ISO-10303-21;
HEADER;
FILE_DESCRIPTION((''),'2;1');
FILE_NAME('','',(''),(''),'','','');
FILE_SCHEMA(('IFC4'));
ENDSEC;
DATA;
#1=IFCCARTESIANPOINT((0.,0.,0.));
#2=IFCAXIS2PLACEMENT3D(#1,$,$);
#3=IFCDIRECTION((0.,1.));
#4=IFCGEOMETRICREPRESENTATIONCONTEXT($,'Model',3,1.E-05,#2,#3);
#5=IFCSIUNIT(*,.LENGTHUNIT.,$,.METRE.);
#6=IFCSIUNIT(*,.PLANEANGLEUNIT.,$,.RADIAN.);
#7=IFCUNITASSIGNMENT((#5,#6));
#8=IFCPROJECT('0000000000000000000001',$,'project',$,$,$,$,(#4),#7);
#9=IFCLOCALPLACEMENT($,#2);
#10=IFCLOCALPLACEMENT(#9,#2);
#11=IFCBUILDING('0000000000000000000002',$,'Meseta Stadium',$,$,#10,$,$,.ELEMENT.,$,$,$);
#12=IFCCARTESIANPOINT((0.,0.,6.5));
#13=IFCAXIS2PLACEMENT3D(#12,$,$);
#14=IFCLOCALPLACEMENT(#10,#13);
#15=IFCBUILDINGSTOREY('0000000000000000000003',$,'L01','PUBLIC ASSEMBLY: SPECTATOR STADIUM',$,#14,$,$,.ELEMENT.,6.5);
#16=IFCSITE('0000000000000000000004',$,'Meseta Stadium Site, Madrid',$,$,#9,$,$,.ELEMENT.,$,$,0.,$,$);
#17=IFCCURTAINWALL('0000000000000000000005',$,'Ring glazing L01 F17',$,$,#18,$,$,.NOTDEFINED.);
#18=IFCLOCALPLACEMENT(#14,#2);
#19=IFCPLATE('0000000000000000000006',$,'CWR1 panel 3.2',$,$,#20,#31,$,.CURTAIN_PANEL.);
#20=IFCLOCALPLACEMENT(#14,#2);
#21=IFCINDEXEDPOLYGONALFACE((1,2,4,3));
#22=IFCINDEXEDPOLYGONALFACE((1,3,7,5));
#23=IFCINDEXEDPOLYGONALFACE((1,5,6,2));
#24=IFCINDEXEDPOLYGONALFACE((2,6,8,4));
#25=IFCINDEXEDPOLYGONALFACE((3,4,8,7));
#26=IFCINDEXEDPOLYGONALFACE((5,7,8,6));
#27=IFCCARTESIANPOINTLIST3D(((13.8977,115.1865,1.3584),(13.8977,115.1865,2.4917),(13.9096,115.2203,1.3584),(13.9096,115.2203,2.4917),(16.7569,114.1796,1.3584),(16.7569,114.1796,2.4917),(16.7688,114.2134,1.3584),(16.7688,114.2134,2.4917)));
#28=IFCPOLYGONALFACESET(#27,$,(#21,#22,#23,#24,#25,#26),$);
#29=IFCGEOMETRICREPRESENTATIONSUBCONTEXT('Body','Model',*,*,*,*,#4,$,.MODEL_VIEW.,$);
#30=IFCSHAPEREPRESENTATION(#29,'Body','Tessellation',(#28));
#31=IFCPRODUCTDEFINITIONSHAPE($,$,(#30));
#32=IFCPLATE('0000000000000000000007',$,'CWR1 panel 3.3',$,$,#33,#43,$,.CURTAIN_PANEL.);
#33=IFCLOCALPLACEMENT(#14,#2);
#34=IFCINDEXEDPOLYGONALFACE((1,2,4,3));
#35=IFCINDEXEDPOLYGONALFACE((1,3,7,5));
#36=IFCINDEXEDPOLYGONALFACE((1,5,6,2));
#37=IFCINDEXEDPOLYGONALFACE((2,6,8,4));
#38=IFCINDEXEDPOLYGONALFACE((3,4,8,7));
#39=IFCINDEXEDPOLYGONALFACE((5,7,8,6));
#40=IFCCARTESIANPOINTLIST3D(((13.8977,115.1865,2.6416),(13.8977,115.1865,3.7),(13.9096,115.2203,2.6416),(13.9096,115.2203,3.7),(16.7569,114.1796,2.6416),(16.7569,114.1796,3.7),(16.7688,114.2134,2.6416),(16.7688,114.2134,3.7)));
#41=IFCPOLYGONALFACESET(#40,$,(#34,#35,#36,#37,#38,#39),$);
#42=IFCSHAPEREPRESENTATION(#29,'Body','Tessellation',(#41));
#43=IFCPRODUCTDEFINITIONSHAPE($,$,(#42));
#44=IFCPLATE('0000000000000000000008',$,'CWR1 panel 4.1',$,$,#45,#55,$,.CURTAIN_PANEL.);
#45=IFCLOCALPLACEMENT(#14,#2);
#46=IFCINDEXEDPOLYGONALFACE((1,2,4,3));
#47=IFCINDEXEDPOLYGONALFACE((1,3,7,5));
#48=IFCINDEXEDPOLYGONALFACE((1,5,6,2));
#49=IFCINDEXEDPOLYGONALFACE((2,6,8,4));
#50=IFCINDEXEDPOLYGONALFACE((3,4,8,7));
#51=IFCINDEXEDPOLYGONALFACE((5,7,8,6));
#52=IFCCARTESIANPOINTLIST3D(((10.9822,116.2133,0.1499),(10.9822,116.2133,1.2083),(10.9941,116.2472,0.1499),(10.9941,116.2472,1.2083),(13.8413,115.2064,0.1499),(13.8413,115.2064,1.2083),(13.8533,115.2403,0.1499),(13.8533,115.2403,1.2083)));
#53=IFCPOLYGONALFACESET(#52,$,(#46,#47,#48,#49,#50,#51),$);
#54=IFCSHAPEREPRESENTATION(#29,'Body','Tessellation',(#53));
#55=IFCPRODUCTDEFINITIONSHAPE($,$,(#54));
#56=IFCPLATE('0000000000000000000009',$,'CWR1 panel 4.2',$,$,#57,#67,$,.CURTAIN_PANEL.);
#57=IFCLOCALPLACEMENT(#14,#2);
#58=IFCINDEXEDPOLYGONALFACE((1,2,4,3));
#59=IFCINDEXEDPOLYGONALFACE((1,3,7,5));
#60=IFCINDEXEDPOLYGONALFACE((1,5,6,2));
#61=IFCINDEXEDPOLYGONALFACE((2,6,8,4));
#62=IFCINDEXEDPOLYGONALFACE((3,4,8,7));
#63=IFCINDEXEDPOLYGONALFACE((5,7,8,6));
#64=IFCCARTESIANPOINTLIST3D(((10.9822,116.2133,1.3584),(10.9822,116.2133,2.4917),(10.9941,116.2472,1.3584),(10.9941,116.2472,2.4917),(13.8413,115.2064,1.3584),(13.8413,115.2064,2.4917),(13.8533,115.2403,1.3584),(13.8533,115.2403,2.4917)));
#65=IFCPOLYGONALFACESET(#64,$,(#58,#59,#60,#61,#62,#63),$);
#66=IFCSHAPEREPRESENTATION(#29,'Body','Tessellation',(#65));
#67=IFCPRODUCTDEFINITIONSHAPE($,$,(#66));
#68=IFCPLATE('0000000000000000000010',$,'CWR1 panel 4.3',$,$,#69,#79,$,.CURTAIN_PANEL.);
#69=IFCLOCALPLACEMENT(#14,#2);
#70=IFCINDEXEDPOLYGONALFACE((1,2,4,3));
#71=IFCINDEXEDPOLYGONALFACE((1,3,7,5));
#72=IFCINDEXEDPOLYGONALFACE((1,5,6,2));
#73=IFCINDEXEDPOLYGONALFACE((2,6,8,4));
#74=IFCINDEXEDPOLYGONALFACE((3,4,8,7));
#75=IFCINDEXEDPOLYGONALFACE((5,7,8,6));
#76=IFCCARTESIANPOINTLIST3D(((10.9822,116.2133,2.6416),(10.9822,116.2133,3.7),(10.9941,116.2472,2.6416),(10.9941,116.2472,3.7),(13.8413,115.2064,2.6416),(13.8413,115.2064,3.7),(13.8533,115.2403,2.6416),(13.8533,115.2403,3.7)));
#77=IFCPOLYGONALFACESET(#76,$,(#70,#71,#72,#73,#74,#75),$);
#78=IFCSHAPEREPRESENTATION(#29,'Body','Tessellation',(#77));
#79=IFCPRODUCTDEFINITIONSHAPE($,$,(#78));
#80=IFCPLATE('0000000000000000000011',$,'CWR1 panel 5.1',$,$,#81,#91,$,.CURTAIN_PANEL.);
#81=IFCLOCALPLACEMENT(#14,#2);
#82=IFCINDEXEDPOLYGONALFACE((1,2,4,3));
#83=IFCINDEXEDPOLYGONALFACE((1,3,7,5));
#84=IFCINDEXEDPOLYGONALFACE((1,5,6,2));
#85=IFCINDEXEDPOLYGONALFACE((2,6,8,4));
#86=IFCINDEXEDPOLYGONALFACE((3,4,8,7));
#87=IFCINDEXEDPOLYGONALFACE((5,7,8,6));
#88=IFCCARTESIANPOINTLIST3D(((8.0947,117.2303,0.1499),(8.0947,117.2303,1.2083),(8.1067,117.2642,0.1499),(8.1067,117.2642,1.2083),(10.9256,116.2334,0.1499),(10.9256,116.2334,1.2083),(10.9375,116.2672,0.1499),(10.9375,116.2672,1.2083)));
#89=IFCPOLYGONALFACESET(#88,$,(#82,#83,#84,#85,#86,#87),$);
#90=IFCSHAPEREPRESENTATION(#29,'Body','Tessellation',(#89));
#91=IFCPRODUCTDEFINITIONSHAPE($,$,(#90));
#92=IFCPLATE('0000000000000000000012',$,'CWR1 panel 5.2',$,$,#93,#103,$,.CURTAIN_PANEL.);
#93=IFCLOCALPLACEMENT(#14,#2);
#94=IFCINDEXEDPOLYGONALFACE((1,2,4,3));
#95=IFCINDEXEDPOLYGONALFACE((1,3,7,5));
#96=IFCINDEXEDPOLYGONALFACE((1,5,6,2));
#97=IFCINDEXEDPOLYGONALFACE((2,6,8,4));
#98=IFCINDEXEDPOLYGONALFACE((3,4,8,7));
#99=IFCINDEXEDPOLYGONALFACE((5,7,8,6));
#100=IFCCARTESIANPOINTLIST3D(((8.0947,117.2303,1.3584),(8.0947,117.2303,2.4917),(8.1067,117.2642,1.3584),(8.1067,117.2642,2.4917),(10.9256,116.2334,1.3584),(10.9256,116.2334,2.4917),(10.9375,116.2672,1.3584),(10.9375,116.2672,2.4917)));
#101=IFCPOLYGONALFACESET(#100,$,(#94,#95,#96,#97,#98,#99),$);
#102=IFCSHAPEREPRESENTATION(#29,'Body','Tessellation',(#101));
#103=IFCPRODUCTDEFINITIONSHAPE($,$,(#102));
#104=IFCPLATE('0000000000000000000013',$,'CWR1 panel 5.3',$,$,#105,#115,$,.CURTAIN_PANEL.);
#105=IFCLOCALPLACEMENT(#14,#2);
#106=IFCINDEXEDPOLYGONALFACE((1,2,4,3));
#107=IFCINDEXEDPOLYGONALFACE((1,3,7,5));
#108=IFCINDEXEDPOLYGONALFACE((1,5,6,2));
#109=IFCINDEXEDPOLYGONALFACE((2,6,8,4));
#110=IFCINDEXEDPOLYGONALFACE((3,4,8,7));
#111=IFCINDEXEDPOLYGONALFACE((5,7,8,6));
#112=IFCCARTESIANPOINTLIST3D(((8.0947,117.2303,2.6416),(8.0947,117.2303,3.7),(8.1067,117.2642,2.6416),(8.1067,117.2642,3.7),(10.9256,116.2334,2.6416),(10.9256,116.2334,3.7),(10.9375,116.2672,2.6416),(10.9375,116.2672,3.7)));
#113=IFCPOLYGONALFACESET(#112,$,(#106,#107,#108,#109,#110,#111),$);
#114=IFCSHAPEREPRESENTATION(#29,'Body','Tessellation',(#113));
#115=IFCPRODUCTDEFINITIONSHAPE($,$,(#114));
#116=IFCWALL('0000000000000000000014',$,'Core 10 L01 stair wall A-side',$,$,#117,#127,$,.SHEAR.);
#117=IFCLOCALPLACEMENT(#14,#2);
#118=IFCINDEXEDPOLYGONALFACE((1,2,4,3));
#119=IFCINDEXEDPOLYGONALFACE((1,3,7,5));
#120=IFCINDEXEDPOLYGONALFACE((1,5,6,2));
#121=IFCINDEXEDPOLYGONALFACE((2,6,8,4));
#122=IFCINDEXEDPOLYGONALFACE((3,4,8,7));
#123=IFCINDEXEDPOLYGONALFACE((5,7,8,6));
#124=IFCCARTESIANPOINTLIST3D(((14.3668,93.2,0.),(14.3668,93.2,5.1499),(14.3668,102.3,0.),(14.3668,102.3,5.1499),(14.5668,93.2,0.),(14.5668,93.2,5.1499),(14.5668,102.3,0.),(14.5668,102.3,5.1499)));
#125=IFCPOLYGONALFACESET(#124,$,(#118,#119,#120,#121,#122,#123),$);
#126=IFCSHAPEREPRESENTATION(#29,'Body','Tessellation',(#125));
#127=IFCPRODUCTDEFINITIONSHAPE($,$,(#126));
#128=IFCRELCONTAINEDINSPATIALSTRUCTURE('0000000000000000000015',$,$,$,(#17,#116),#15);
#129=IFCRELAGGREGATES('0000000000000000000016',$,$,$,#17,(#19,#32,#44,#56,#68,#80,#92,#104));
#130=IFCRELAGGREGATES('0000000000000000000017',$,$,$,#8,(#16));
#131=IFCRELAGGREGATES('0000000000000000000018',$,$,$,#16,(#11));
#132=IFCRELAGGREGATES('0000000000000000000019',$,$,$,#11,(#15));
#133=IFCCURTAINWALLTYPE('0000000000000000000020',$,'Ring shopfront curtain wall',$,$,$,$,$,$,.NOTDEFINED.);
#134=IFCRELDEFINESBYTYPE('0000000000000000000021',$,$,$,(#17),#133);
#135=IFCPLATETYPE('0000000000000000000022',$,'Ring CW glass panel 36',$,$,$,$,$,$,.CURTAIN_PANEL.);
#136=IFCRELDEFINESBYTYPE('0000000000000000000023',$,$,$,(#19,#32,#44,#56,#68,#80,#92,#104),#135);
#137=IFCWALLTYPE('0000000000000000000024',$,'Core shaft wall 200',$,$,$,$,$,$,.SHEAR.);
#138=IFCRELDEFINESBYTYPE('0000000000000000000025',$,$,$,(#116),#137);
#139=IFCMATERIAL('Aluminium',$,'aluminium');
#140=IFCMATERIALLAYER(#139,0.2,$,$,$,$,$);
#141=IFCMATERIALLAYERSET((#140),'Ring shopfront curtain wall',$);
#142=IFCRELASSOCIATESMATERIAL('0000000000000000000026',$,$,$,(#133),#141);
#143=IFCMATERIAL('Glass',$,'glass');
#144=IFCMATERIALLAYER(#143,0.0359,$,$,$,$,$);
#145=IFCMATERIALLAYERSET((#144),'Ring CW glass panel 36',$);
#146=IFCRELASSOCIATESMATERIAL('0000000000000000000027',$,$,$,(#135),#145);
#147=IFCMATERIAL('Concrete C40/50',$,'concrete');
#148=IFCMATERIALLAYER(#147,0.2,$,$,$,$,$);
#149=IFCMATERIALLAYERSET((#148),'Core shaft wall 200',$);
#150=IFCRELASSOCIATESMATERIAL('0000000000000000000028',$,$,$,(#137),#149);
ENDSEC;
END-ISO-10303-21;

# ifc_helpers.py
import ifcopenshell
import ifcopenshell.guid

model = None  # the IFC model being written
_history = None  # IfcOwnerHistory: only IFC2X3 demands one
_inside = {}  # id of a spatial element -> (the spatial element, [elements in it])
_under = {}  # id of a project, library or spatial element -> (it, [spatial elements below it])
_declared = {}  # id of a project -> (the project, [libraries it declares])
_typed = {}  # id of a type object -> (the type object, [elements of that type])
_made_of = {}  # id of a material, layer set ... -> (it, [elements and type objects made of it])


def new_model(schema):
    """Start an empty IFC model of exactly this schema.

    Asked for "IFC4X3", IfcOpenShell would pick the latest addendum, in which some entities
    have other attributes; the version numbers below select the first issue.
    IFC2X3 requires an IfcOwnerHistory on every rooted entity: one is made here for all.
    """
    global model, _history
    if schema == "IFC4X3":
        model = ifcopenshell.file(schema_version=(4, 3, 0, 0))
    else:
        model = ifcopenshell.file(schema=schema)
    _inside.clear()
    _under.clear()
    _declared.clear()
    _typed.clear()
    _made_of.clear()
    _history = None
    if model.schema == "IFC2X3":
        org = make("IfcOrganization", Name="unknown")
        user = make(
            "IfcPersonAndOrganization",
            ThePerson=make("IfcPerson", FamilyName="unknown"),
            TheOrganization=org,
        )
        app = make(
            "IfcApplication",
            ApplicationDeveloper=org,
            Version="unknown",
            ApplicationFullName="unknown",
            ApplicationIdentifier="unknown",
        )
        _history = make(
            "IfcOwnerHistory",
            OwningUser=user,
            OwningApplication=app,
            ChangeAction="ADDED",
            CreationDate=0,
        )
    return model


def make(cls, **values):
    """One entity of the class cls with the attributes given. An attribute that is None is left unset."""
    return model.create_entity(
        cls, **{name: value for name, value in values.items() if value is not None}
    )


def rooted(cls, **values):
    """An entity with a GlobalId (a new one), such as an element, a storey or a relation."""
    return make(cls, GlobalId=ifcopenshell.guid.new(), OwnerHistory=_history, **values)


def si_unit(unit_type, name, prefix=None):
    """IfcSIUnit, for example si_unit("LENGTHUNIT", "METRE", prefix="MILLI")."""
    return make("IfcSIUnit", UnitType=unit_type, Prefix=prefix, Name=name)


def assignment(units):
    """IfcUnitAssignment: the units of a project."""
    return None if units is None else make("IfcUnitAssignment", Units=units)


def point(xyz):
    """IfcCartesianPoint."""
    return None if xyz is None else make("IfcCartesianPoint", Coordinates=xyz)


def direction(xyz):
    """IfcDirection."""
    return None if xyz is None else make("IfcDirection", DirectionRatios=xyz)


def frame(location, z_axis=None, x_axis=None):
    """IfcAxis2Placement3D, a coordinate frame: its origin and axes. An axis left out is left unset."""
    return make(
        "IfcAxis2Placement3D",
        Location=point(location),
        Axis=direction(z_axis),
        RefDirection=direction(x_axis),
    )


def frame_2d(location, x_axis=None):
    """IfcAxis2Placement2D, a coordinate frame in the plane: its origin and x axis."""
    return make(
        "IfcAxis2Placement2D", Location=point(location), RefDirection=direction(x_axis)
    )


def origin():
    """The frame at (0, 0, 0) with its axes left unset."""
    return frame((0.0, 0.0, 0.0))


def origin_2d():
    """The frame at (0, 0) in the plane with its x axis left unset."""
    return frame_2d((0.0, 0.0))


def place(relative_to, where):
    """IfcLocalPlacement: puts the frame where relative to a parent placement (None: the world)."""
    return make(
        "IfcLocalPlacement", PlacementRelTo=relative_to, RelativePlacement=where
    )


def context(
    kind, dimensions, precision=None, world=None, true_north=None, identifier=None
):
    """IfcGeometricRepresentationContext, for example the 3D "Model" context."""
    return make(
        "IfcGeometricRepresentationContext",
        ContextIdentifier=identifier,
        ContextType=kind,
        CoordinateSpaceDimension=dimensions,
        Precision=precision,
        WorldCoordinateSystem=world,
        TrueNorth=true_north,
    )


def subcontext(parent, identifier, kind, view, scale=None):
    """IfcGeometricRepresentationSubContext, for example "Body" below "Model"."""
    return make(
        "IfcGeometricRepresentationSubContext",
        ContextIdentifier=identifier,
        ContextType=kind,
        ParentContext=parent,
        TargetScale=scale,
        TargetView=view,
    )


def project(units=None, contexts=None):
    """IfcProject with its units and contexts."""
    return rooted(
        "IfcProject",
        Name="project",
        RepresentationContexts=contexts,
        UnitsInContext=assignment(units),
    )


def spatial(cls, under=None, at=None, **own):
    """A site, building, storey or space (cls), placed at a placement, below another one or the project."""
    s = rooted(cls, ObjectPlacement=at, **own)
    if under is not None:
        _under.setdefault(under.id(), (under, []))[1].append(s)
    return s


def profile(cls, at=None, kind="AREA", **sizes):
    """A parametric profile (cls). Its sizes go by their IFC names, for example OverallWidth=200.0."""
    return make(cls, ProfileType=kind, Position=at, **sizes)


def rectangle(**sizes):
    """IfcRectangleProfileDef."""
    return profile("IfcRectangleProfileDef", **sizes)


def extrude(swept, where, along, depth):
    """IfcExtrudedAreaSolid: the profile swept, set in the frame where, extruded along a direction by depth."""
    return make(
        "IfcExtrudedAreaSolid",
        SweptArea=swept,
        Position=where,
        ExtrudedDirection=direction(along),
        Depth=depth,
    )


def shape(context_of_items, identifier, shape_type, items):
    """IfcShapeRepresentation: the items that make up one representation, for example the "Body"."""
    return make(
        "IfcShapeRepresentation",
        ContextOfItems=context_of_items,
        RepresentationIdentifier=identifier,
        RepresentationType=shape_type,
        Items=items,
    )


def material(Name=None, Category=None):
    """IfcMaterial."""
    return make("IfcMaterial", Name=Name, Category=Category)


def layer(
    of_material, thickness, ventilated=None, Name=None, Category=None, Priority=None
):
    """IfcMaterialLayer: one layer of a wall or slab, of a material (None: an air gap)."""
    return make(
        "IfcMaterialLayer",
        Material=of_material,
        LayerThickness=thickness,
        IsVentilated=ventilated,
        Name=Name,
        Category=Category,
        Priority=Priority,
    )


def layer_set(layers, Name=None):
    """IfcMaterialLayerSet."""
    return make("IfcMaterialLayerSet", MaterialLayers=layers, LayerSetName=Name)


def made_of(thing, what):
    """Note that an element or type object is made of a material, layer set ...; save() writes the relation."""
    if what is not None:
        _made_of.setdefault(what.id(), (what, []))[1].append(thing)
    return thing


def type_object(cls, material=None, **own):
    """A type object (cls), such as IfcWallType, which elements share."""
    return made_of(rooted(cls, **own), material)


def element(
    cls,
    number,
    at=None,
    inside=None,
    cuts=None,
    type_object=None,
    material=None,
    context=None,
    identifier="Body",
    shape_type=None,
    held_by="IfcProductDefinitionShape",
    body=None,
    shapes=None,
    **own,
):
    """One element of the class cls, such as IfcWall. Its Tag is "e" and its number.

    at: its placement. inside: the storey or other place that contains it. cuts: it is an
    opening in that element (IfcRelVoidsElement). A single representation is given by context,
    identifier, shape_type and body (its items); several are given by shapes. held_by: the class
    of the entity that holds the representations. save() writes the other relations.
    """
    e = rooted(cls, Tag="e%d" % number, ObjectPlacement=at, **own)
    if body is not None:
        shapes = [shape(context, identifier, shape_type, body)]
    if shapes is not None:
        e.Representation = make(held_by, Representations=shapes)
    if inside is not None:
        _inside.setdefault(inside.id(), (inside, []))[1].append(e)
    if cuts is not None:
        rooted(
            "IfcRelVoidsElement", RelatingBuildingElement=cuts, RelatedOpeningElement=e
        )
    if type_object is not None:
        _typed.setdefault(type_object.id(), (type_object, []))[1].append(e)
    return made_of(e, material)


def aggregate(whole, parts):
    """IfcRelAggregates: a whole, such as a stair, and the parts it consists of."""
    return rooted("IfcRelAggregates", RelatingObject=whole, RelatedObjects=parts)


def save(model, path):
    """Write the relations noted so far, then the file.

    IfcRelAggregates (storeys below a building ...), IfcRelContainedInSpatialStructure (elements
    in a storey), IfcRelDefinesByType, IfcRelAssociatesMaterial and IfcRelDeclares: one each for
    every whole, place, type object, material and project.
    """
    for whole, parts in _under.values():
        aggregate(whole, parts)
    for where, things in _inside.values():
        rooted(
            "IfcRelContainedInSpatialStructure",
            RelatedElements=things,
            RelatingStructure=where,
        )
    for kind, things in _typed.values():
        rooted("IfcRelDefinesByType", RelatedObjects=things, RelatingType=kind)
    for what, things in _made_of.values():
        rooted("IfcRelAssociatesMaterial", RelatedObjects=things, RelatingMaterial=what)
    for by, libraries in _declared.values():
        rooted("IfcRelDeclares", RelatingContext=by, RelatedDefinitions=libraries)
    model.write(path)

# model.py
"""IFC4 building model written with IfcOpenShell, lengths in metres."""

from ifc_helpers import new_model, si_unit, direction, frame, frame_2d, origin, origin_2d, place, context, subcontext, project, spatial, rectangle, extrude, material, layer, layer_set, type_object, element, aggregate, save


model = new_model("IFC4")

# Units and contexts
model_context = context("Model", 3, precision=1e-05, world=origin(), true_north=direction((0.0, 1.0)))
body_context = subcontext(model_context, "Body", "Model", "MODEL_VIEW")
ifc_project = project(units=[si_unit("LENGTHUNIT", "METRE"), si_unit("PLANEANGLEUNIT", "RADIAN")], contexts=[model_context])

# Site, building, storey
site_placement = place(None, origin())
site = spatial("IfcSite", under=ifc_project, at=site_placement, Name="Meseta Stadium Site, Madrid", CompositionType="ELEMENT", RefElevation=0.0)
building_placement = place(site_placement, origin())
building = spatial("IfcBuilding", under=site, at=building_placement, Name="Meseta Stadium", CompositionType="ELEMENT")
storey_placement = place(building_placement, frame((0.0, 0.0, 6.5)))
storey = spatial("IfcBuildingStorey", under=building, at=storey_placement, Name="L01", Description="PUBLIC ASSEMBLY: SPECTATOR STADIUM", CompositionType="ELEMENT", Elevation=6.5)

# Curtain wall, plates
ifc_material_1 = material(Name="Aluminium", Category="aluminium")
ifc_layer_1 = layer(ifc_material_1, 0.2)
ifc_layer_set_1 = layer_set([ifc_layer_1], Name="Ring shopfront curtain wall")
curtain_wall_type = type_object("IfcCurtainWallType", Name="Ring shopfront curtain wall", PredefinedType="NOTDEFINED", material=ifc_layer_set_1)
curtain_wall_placement = place(storey_placement, origin())
curtain_wall = element("IfcCurtainWall", 1, at=curtain_wall_placement, inside=storey, type_object=curtain_wall_type, Name="Ring glazing L01 F17", PredefinedType="NOTDEFINED")
ifc_material_2 = material(Name="Glass", Category="glass")
ifc_layer_2 = layer(ifc_material_2, 0.0359)
ifc_layer_set_2 = layer_set([ifc_layer_2], Name="Ring CW glass panel 36")
plate_type = type_object("IfcPlateType", Name="Ring CW glass panel 36", PredefinedType="CURTAIN_PANEL", material=ifc_layer_set_2)
plate_1_placement = place(storey_placement, frame((15.3333, 114.7, 1.3584), z_axis=(0.0, 0.0, 1.0), x_axis=(-0.943218, 0.332174, 0.0)))
plate_1 = element("IfcPlate", 2, at=plate_1_placement, type_object=plate_type, Name="CWR1 panel 3.2", PredefinedType="CURTAIN_PANEL", context=body_context, shape_type="SweptSolid", body=[
    extrude(rectangle(XDim=3.0312, YDim=0.0359, at=origin_2d()), origin(), (0.0, 0.0, 1.0), 1.1333),
])
plate_2_placement = place(storey_placement, frame((15.3333, 114.7, 2.6416), z_axis=(0.0, 0.0, 1.0), x_axis=(-0.943218, 0.332174, 0.0)))
plate_2 = element("IfcPlate", 3, at=plate_2_placement, type_object=plate_type, Name="CWR1 panel 3.3", PredefinedType="CURTAIN_PANEL", context=body_context, shape_type="SweptSolid", body=[
    extrude(rectangle(XDim=3.0312, YDim=0.0359, at=origin_2d()), origin(), (0.0, 0.0, 1.0), 1.0583),
])
plate_3_placement = place(storey_placement, frame((12.4177, 115.7268, 0.1499), z_axis=(0.0, 0.0, 1.0), x_axis=(-0.943218, 0.332174, 0.0)))
plate_3 = element("IfcPlate", 4, at=plate_3_placement, type_object=plate_type, Name="CWR1 panel 4.1", PredefinedType="CURTAIN_PANEL", context=body_context, shape_type="SweptSolid", body=[
    extrude(rectangle(XDim=3.0312, YDim=0.0359, at=origin_2d()), origin(), (0.0, 0.0, 1.0), 1.0583),
])
plate_4_placement = place(storey_placement, frame((12.4177, 115.7268, 1.3584), z_axis=(0.0, 0.0, 1.0), x_axis=(-0.943218, 0.332174, 0.0)))
plate_4 = element("IfcPlate", 5, at=plate_4_placement, type_object=plate_type, Name="CWR1 panel 4.2", PredefinedType="CURTAIN_PANEL", context=body_context, shape_type="SweptSolid", body=[
    extrude(rectangle(XDim=3.0312, YDim=0.0359, at=origin_2d()), origin(), (0.0, 0.0, 1.0), 1.1333),
])
plate_5_placement = place(storey_placement, frame((12.4177, 115.7268, 2.6416), z_axis=(0.0, 0.0, 1.0), x_axis=(-0.943218, 0.332174, 0.0)))
plate_5 = element("IfcPlate", 6, at=plate_5_placement, type_object=plate_type, Name="CWR1 panel 4.3", PredefinedType="CURTAIN_PANEL", context=body_context, shape_type="SweptSolid", body=[
    extrude(rectangle(XDim=3.0312, YDim=0.0359, at=origin_2d()), origin(), (0.0, 0.0, 1.0), 1.0583),
])
plate_6_placement = place(storey_placement, frame((9.5161, 116.7488, 0.1499), z_axis=(0.0, 0.0, 1.0), x_axis=(-0.943218, 0.332174, 0.0)))
plate_6 = element("IfcPlate", 7, at=plate_6_placement, type_object=plate_type, Name="CWR1 panel 5.1", PredefinedType="CURTAIN_PANEL", context=body_context, shape_type="SweptSolid", body=[
    extrude(rectangle(XDim=3.0012, YDim=0.0359, at=origin_2d()), origin(), (0.0, 0.0, 1.0), 1.0583),
])
plate_7_placement = place(storey_placement, frame((9.5161, 116.7488, 1.3584), z_axis=(0.0, 0.0, 1.0), x_axis=(-0.943218, 0.332174, 0.0)))
plate_7 = element("IfcPlate", 8, at=plate_7_placement, type_object=plate_type, Name="CWR1 panel 5.2", PredefinedType="CURTAIN_PANEL", context=body_context, shape_type="SweptSolid", body=[
    extrude(rectangle(XDim=3.0012, YDim=0.0359, at=origin_2d()), origin(), (0.0, 0.0, 1.0), 1.1333),
])
plate_8_placement = place(storey_placement, frame((9.5161, 116.7488, 2.6416), z_axis=(0.0, 0.0, 1.0), x_axis=(-0.943218, 0.332174, 0.0)))
plate_8 = element("IfcPlate", 9, at=plate_8_placement, type_object=plate_type, Name="CWR1 panel 5.3", PredefinedType="CURTAIN_PANEL", context=body_context, shape_type="SweptSolid", body=[
    extrude(rectangle(XDim=3.0012, YDim=0.0359, at=origin_2d()), origin(), (0.0, 0.0, 1.0), 1.0583),
])
aggregate(curtain_wall, [plate_1, plate_2, plate_3, plate_4, plate_5, plate_6, plate_7, plate_8])

# Wall
ifc_material_3 = material(Name="Concrete C40/50", Category="concrete")
ifc_layer_3 = layer(ifc_material_3, 0.2)
ifc_layer_set_3 = layer_set([ifc_layer_3], Name="Core shaft wall 200")
wall_type = type_object("IfcWallType", Name="Core shaft wall 200", PredefinedType="SHEAR", material=ifc_layer_set_3)
wall_placement = place(storey_placement, frame((14.4668, 102.3, 0.0), z_axis=(0.0, 0.0, 1.0), x_axis=(0.0, -1.0, 0.0)))
element("IfcWall", 10, at=wall_placement, inside=storey, type_object=wall_type, Name="Core 10 L01 stair wall A-side", PredefinedType="SHEAR", context=body_context, shape_type="SweptSolid", body=[
    extrude(rectangle(XDim=9.1001, YDim=0.2, at=frame_2d((4.55, 0.0))), origin(), (0.0, 0.0, 1.0), 5.1499),
])

save(model, "model.ifc")
